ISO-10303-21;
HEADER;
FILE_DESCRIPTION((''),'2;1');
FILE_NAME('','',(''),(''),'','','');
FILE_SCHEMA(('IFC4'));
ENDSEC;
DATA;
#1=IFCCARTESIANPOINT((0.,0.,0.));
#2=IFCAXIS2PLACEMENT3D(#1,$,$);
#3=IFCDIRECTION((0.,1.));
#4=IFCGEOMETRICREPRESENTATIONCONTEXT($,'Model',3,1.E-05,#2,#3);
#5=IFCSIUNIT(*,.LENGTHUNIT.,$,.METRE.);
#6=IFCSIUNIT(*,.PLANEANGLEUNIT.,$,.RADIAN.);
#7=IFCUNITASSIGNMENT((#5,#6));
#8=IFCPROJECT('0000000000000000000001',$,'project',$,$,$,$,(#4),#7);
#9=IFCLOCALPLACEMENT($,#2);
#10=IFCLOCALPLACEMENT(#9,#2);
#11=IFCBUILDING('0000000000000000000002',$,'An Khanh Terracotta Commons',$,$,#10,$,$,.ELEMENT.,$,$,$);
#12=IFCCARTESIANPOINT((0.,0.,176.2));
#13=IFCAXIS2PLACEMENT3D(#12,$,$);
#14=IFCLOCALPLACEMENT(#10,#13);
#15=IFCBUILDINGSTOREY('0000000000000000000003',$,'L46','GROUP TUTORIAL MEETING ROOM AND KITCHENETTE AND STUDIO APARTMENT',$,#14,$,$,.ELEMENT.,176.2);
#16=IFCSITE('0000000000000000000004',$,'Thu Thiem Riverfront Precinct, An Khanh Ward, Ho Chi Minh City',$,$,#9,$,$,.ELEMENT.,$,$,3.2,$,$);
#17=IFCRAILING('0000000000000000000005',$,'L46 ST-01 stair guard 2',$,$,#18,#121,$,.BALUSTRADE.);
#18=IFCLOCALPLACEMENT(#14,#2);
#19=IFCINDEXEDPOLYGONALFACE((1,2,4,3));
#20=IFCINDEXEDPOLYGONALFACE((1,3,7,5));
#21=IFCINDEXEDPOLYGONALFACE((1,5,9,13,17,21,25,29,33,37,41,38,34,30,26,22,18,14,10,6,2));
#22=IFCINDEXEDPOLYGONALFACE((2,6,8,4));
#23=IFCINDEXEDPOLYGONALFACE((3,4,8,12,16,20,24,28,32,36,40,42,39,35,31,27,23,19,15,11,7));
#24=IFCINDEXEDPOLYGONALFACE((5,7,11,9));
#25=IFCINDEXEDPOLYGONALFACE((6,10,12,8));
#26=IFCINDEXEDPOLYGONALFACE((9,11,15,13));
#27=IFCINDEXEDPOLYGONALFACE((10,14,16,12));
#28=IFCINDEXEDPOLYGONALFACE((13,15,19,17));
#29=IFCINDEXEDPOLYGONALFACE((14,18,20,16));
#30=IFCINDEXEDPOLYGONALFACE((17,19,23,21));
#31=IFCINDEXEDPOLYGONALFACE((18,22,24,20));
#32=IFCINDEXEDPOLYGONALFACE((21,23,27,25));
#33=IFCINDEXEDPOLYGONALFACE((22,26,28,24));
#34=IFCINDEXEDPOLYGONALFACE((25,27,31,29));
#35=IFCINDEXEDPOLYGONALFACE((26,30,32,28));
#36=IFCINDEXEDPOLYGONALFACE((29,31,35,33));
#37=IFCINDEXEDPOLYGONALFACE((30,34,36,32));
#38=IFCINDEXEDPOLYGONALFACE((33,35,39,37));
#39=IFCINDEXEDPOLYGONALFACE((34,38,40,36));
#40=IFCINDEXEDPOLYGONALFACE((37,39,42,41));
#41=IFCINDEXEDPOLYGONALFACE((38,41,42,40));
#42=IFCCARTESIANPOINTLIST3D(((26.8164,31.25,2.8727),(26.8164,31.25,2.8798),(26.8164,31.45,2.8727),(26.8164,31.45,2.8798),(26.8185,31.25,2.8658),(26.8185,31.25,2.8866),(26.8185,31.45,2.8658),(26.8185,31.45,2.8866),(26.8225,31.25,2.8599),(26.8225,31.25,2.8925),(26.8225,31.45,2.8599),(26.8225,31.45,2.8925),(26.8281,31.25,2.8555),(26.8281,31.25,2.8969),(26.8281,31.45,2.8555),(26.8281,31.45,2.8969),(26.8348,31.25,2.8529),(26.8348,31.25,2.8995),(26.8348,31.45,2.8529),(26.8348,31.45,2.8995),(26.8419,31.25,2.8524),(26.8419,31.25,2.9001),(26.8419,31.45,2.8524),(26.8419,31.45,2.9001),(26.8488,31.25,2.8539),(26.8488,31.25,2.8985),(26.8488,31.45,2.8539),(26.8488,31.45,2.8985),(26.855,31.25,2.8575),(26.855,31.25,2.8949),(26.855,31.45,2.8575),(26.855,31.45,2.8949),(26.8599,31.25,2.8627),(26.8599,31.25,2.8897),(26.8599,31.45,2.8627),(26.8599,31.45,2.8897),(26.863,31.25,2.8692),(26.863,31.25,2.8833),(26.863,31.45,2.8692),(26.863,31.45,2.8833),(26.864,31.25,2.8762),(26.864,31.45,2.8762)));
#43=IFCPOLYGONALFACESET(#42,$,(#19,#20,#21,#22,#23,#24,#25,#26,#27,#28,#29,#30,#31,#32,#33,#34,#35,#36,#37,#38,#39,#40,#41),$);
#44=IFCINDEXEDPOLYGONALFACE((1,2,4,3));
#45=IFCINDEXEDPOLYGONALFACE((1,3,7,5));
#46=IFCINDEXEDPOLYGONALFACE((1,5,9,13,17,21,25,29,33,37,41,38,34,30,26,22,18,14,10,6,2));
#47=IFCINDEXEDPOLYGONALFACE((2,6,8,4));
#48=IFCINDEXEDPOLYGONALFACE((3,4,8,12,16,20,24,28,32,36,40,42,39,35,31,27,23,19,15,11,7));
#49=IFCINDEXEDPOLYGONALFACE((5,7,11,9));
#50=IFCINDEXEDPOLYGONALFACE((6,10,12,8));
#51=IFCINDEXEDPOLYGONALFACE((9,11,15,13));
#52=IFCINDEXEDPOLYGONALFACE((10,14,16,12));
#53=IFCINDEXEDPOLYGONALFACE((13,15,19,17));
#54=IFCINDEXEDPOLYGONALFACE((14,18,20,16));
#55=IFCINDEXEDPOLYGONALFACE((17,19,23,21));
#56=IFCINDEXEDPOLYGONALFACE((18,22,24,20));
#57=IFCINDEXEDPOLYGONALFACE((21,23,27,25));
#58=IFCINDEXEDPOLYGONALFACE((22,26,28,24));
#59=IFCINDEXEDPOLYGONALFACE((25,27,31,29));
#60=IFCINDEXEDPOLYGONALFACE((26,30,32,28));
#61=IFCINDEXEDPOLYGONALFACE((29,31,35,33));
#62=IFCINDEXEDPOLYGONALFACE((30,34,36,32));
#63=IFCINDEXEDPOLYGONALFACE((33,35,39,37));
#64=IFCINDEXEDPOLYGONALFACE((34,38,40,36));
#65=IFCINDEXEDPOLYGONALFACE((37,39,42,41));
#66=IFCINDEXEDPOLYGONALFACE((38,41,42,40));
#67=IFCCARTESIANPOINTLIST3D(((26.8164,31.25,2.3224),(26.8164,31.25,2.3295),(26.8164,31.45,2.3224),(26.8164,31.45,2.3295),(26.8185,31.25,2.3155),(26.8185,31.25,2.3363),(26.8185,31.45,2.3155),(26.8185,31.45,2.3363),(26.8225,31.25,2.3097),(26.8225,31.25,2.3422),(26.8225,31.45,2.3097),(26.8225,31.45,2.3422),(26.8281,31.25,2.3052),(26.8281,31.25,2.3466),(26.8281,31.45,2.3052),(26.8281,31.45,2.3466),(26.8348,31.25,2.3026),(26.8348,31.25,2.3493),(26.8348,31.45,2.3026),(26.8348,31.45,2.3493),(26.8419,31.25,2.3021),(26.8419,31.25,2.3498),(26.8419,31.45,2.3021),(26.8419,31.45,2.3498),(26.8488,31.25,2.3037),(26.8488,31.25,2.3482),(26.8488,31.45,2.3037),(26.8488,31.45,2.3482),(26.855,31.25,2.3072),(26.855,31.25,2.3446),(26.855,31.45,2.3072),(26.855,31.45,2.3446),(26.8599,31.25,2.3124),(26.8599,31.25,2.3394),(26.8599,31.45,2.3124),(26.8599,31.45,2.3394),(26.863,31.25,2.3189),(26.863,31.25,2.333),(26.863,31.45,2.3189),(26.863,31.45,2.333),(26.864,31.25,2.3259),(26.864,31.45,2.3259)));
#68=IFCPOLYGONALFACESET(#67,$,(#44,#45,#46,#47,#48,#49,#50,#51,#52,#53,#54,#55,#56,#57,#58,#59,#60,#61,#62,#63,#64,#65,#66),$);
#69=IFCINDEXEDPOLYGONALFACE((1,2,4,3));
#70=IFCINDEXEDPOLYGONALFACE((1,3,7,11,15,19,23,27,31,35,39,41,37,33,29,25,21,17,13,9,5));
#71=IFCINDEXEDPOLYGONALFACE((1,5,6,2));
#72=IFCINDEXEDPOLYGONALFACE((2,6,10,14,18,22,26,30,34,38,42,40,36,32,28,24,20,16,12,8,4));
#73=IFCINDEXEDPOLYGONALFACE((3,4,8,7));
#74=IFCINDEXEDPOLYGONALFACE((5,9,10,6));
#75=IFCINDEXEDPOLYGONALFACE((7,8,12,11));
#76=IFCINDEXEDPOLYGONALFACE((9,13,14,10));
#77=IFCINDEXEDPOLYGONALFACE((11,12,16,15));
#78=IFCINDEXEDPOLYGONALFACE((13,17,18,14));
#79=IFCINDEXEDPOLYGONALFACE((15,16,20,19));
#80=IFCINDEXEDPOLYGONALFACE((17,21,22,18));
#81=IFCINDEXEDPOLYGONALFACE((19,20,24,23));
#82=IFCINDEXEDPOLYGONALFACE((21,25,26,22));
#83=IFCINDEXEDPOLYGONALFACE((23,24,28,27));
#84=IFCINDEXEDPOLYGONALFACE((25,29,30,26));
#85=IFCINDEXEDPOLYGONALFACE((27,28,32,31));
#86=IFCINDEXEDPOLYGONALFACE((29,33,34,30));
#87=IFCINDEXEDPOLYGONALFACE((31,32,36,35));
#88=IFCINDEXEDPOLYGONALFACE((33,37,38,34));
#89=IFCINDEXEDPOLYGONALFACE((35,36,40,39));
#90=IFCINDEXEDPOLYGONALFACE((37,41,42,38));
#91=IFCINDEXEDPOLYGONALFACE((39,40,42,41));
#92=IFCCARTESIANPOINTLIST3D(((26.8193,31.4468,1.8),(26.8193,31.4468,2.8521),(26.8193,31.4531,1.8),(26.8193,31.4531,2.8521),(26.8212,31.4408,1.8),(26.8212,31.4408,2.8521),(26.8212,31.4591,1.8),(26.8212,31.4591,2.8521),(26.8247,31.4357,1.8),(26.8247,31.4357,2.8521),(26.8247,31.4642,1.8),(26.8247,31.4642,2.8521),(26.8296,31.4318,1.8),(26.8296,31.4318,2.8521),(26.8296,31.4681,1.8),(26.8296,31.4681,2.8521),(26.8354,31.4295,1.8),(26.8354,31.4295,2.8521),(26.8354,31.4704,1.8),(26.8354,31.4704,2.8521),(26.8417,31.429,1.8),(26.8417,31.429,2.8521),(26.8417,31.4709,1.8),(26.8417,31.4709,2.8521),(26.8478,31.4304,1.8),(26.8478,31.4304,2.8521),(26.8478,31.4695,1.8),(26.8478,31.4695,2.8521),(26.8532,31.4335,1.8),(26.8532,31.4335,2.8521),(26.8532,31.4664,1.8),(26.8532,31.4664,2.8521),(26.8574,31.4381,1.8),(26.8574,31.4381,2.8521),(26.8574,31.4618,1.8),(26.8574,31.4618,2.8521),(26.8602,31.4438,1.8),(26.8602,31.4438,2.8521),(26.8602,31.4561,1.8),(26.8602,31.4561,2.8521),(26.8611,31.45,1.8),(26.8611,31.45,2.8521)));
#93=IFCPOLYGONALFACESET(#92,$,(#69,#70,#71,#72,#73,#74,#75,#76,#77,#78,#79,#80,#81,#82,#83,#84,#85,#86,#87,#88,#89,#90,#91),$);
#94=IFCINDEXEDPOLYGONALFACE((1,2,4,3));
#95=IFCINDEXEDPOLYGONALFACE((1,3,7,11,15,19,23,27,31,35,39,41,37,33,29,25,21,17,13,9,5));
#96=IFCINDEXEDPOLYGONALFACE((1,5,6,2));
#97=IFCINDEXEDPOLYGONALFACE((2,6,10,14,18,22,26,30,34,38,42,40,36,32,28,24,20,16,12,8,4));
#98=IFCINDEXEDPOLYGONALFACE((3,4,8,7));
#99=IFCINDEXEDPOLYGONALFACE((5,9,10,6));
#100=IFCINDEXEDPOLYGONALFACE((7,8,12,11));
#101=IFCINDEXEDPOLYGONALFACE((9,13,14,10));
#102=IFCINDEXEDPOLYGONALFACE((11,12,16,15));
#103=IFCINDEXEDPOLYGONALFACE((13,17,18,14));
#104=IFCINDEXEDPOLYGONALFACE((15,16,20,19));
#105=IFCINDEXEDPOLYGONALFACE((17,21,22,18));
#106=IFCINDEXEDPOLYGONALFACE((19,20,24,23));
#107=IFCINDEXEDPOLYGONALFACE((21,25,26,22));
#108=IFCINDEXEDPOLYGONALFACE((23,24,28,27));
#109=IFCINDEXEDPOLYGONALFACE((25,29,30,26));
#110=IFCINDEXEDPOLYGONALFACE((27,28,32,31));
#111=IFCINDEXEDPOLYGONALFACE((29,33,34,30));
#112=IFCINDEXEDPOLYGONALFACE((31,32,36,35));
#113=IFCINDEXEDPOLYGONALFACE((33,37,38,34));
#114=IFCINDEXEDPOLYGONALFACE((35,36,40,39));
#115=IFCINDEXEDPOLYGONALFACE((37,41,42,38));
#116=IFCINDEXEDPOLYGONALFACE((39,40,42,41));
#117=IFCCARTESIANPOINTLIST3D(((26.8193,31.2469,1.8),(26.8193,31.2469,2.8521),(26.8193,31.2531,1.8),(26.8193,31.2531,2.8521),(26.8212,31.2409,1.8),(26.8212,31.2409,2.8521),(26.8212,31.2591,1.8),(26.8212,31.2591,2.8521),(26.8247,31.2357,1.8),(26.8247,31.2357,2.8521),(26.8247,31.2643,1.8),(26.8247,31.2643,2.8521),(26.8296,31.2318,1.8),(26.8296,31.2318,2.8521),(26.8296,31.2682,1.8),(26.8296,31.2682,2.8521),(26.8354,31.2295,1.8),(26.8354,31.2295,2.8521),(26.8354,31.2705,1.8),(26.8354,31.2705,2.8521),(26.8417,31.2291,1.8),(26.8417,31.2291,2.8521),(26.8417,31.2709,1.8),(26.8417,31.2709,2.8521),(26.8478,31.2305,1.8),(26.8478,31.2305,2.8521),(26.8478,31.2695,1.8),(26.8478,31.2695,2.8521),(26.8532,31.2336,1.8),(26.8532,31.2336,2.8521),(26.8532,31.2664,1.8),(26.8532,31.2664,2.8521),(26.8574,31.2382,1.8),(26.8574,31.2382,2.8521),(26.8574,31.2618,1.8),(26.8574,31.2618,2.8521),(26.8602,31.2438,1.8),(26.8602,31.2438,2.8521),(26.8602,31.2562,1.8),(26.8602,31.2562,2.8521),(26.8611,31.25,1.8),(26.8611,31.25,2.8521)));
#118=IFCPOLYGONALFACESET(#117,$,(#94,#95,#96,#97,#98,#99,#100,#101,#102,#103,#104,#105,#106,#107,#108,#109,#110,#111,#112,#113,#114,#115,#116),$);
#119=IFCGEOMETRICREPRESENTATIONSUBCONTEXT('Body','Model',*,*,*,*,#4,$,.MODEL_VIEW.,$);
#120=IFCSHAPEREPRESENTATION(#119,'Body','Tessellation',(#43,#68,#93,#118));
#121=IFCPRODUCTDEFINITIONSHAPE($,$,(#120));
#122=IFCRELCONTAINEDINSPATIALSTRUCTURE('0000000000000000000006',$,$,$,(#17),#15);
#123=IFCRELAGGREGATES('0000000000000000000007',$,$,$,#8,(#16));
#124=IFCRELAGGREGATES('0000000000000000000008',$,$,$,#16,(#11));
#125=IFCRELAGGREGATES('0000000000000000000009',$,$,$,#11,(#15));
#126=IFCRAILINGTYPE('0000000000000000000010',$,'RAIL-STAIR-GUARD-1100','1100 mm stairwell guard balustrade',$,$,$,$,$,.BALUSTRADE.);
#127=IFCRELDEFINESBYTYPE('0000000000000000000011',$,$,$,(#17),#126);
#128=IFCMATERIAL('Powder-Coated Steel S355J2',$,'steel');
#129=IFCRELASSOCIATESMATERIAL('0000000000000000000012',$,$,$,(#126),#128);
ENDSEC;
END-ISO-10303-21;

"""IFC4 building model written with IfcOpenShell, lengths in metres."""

from ifc_helpers import new_model, si_unit, direction, frame, origin, origin_2d, place, context, subcontext, project, spatial, circle, extrude, material, type_object, element, save


model = new_model("IFC4")

# Units and contexts
model_context = context("Model", 3, precision=1e-05, world=origin(), true_north=direction((0.0, 1.0)))
body_context = subcontext(model_context, "Body", "Model", "MODEL_VIEW")
ifc_project = project(units=[si_unit("LENGTHUNIT", "METRE"), si_unit("PLANEANGLEUNIT", "RADIAN")], contexts=[model_context])

# Site, building, storey
site_placement = place(None, origin())
site = spatial("IfcSite", under=ifc_project, at=site_placement, Name="Thu Thiem Riverfront Precinct, An Khanh Ward, Ho Chi Minh City", CompositionType="ELEMENT", RefElevation=3.2)
building_placement = place(site_placement, origin())
building = spatial("IfcBuilding", under=site, at=building_placement, Name="An Khanh Terracotta Commons", CompositionType="ELEMENT")
storey_placement = place(building_placement, frame((0.0, 0.0, 176.2)))
storey = spatial("IfcBuildingStorey", under=building, at=storey_placement, Name="L46", Description="GROUP TUTORIAL MEETING ROOM AND KITCHENETTE AND STUDIO APARTMENT", CompositionType="ELEMENT", Elevation=176.2)

# Railing
ifc_material_1 = material(Name="Powder-Coated Steel S355J2", Category="steel")
railing_type_1 = type_object("IfcRailingType", Name="RAIL-STAIR-GUARD-1100", Description="1100 mm stairwell guard balustrade", PredefinedType="BALUSTRADE", material=ifc_material_1)
railing_1_placement = place(storey_placement, frame((26.8401, 31.45, 1.8)))
element("IfcRailing", 1, at=railing_1_placement, inside=storey, type_object=railing_type_1, Name="L46 ST-01 stair guard 2", PredefinedType="BALUSTRADE", context=body_context, shape_type="SweptSolid", body=[
    extrude(circle(Radius=0.0239, at=origin_2d()), frame((0.0, 0.0, 1.0762), z_axis=(0.0, -1.0, 0.0), x_axis=(1.0, 0.0, 0.0)), (0.0, 0.0, 1.0), 0.2),
    extrude(circle(Radius=0.0239, at=origin_2d()), frame((0.0, 0.0, 0.5259), z_axis=(0.0, -1.0, 0.0), x_axis=(1.0, 0.0, 0.0)), (0.0, 0.0, 1.0), 0.2),
    extrude(circle(Radius=0.021, at=origin_2d()), origin(), (0.0, 0.0, 1.0), 1.052),
    extrude(circle(Radius=0.021, at=origin_2d()), frame((0.0, -0.2, 0.0)), (0.0, 0.0, 1.0), 1.052),
])

save(model, "model.ifc")
